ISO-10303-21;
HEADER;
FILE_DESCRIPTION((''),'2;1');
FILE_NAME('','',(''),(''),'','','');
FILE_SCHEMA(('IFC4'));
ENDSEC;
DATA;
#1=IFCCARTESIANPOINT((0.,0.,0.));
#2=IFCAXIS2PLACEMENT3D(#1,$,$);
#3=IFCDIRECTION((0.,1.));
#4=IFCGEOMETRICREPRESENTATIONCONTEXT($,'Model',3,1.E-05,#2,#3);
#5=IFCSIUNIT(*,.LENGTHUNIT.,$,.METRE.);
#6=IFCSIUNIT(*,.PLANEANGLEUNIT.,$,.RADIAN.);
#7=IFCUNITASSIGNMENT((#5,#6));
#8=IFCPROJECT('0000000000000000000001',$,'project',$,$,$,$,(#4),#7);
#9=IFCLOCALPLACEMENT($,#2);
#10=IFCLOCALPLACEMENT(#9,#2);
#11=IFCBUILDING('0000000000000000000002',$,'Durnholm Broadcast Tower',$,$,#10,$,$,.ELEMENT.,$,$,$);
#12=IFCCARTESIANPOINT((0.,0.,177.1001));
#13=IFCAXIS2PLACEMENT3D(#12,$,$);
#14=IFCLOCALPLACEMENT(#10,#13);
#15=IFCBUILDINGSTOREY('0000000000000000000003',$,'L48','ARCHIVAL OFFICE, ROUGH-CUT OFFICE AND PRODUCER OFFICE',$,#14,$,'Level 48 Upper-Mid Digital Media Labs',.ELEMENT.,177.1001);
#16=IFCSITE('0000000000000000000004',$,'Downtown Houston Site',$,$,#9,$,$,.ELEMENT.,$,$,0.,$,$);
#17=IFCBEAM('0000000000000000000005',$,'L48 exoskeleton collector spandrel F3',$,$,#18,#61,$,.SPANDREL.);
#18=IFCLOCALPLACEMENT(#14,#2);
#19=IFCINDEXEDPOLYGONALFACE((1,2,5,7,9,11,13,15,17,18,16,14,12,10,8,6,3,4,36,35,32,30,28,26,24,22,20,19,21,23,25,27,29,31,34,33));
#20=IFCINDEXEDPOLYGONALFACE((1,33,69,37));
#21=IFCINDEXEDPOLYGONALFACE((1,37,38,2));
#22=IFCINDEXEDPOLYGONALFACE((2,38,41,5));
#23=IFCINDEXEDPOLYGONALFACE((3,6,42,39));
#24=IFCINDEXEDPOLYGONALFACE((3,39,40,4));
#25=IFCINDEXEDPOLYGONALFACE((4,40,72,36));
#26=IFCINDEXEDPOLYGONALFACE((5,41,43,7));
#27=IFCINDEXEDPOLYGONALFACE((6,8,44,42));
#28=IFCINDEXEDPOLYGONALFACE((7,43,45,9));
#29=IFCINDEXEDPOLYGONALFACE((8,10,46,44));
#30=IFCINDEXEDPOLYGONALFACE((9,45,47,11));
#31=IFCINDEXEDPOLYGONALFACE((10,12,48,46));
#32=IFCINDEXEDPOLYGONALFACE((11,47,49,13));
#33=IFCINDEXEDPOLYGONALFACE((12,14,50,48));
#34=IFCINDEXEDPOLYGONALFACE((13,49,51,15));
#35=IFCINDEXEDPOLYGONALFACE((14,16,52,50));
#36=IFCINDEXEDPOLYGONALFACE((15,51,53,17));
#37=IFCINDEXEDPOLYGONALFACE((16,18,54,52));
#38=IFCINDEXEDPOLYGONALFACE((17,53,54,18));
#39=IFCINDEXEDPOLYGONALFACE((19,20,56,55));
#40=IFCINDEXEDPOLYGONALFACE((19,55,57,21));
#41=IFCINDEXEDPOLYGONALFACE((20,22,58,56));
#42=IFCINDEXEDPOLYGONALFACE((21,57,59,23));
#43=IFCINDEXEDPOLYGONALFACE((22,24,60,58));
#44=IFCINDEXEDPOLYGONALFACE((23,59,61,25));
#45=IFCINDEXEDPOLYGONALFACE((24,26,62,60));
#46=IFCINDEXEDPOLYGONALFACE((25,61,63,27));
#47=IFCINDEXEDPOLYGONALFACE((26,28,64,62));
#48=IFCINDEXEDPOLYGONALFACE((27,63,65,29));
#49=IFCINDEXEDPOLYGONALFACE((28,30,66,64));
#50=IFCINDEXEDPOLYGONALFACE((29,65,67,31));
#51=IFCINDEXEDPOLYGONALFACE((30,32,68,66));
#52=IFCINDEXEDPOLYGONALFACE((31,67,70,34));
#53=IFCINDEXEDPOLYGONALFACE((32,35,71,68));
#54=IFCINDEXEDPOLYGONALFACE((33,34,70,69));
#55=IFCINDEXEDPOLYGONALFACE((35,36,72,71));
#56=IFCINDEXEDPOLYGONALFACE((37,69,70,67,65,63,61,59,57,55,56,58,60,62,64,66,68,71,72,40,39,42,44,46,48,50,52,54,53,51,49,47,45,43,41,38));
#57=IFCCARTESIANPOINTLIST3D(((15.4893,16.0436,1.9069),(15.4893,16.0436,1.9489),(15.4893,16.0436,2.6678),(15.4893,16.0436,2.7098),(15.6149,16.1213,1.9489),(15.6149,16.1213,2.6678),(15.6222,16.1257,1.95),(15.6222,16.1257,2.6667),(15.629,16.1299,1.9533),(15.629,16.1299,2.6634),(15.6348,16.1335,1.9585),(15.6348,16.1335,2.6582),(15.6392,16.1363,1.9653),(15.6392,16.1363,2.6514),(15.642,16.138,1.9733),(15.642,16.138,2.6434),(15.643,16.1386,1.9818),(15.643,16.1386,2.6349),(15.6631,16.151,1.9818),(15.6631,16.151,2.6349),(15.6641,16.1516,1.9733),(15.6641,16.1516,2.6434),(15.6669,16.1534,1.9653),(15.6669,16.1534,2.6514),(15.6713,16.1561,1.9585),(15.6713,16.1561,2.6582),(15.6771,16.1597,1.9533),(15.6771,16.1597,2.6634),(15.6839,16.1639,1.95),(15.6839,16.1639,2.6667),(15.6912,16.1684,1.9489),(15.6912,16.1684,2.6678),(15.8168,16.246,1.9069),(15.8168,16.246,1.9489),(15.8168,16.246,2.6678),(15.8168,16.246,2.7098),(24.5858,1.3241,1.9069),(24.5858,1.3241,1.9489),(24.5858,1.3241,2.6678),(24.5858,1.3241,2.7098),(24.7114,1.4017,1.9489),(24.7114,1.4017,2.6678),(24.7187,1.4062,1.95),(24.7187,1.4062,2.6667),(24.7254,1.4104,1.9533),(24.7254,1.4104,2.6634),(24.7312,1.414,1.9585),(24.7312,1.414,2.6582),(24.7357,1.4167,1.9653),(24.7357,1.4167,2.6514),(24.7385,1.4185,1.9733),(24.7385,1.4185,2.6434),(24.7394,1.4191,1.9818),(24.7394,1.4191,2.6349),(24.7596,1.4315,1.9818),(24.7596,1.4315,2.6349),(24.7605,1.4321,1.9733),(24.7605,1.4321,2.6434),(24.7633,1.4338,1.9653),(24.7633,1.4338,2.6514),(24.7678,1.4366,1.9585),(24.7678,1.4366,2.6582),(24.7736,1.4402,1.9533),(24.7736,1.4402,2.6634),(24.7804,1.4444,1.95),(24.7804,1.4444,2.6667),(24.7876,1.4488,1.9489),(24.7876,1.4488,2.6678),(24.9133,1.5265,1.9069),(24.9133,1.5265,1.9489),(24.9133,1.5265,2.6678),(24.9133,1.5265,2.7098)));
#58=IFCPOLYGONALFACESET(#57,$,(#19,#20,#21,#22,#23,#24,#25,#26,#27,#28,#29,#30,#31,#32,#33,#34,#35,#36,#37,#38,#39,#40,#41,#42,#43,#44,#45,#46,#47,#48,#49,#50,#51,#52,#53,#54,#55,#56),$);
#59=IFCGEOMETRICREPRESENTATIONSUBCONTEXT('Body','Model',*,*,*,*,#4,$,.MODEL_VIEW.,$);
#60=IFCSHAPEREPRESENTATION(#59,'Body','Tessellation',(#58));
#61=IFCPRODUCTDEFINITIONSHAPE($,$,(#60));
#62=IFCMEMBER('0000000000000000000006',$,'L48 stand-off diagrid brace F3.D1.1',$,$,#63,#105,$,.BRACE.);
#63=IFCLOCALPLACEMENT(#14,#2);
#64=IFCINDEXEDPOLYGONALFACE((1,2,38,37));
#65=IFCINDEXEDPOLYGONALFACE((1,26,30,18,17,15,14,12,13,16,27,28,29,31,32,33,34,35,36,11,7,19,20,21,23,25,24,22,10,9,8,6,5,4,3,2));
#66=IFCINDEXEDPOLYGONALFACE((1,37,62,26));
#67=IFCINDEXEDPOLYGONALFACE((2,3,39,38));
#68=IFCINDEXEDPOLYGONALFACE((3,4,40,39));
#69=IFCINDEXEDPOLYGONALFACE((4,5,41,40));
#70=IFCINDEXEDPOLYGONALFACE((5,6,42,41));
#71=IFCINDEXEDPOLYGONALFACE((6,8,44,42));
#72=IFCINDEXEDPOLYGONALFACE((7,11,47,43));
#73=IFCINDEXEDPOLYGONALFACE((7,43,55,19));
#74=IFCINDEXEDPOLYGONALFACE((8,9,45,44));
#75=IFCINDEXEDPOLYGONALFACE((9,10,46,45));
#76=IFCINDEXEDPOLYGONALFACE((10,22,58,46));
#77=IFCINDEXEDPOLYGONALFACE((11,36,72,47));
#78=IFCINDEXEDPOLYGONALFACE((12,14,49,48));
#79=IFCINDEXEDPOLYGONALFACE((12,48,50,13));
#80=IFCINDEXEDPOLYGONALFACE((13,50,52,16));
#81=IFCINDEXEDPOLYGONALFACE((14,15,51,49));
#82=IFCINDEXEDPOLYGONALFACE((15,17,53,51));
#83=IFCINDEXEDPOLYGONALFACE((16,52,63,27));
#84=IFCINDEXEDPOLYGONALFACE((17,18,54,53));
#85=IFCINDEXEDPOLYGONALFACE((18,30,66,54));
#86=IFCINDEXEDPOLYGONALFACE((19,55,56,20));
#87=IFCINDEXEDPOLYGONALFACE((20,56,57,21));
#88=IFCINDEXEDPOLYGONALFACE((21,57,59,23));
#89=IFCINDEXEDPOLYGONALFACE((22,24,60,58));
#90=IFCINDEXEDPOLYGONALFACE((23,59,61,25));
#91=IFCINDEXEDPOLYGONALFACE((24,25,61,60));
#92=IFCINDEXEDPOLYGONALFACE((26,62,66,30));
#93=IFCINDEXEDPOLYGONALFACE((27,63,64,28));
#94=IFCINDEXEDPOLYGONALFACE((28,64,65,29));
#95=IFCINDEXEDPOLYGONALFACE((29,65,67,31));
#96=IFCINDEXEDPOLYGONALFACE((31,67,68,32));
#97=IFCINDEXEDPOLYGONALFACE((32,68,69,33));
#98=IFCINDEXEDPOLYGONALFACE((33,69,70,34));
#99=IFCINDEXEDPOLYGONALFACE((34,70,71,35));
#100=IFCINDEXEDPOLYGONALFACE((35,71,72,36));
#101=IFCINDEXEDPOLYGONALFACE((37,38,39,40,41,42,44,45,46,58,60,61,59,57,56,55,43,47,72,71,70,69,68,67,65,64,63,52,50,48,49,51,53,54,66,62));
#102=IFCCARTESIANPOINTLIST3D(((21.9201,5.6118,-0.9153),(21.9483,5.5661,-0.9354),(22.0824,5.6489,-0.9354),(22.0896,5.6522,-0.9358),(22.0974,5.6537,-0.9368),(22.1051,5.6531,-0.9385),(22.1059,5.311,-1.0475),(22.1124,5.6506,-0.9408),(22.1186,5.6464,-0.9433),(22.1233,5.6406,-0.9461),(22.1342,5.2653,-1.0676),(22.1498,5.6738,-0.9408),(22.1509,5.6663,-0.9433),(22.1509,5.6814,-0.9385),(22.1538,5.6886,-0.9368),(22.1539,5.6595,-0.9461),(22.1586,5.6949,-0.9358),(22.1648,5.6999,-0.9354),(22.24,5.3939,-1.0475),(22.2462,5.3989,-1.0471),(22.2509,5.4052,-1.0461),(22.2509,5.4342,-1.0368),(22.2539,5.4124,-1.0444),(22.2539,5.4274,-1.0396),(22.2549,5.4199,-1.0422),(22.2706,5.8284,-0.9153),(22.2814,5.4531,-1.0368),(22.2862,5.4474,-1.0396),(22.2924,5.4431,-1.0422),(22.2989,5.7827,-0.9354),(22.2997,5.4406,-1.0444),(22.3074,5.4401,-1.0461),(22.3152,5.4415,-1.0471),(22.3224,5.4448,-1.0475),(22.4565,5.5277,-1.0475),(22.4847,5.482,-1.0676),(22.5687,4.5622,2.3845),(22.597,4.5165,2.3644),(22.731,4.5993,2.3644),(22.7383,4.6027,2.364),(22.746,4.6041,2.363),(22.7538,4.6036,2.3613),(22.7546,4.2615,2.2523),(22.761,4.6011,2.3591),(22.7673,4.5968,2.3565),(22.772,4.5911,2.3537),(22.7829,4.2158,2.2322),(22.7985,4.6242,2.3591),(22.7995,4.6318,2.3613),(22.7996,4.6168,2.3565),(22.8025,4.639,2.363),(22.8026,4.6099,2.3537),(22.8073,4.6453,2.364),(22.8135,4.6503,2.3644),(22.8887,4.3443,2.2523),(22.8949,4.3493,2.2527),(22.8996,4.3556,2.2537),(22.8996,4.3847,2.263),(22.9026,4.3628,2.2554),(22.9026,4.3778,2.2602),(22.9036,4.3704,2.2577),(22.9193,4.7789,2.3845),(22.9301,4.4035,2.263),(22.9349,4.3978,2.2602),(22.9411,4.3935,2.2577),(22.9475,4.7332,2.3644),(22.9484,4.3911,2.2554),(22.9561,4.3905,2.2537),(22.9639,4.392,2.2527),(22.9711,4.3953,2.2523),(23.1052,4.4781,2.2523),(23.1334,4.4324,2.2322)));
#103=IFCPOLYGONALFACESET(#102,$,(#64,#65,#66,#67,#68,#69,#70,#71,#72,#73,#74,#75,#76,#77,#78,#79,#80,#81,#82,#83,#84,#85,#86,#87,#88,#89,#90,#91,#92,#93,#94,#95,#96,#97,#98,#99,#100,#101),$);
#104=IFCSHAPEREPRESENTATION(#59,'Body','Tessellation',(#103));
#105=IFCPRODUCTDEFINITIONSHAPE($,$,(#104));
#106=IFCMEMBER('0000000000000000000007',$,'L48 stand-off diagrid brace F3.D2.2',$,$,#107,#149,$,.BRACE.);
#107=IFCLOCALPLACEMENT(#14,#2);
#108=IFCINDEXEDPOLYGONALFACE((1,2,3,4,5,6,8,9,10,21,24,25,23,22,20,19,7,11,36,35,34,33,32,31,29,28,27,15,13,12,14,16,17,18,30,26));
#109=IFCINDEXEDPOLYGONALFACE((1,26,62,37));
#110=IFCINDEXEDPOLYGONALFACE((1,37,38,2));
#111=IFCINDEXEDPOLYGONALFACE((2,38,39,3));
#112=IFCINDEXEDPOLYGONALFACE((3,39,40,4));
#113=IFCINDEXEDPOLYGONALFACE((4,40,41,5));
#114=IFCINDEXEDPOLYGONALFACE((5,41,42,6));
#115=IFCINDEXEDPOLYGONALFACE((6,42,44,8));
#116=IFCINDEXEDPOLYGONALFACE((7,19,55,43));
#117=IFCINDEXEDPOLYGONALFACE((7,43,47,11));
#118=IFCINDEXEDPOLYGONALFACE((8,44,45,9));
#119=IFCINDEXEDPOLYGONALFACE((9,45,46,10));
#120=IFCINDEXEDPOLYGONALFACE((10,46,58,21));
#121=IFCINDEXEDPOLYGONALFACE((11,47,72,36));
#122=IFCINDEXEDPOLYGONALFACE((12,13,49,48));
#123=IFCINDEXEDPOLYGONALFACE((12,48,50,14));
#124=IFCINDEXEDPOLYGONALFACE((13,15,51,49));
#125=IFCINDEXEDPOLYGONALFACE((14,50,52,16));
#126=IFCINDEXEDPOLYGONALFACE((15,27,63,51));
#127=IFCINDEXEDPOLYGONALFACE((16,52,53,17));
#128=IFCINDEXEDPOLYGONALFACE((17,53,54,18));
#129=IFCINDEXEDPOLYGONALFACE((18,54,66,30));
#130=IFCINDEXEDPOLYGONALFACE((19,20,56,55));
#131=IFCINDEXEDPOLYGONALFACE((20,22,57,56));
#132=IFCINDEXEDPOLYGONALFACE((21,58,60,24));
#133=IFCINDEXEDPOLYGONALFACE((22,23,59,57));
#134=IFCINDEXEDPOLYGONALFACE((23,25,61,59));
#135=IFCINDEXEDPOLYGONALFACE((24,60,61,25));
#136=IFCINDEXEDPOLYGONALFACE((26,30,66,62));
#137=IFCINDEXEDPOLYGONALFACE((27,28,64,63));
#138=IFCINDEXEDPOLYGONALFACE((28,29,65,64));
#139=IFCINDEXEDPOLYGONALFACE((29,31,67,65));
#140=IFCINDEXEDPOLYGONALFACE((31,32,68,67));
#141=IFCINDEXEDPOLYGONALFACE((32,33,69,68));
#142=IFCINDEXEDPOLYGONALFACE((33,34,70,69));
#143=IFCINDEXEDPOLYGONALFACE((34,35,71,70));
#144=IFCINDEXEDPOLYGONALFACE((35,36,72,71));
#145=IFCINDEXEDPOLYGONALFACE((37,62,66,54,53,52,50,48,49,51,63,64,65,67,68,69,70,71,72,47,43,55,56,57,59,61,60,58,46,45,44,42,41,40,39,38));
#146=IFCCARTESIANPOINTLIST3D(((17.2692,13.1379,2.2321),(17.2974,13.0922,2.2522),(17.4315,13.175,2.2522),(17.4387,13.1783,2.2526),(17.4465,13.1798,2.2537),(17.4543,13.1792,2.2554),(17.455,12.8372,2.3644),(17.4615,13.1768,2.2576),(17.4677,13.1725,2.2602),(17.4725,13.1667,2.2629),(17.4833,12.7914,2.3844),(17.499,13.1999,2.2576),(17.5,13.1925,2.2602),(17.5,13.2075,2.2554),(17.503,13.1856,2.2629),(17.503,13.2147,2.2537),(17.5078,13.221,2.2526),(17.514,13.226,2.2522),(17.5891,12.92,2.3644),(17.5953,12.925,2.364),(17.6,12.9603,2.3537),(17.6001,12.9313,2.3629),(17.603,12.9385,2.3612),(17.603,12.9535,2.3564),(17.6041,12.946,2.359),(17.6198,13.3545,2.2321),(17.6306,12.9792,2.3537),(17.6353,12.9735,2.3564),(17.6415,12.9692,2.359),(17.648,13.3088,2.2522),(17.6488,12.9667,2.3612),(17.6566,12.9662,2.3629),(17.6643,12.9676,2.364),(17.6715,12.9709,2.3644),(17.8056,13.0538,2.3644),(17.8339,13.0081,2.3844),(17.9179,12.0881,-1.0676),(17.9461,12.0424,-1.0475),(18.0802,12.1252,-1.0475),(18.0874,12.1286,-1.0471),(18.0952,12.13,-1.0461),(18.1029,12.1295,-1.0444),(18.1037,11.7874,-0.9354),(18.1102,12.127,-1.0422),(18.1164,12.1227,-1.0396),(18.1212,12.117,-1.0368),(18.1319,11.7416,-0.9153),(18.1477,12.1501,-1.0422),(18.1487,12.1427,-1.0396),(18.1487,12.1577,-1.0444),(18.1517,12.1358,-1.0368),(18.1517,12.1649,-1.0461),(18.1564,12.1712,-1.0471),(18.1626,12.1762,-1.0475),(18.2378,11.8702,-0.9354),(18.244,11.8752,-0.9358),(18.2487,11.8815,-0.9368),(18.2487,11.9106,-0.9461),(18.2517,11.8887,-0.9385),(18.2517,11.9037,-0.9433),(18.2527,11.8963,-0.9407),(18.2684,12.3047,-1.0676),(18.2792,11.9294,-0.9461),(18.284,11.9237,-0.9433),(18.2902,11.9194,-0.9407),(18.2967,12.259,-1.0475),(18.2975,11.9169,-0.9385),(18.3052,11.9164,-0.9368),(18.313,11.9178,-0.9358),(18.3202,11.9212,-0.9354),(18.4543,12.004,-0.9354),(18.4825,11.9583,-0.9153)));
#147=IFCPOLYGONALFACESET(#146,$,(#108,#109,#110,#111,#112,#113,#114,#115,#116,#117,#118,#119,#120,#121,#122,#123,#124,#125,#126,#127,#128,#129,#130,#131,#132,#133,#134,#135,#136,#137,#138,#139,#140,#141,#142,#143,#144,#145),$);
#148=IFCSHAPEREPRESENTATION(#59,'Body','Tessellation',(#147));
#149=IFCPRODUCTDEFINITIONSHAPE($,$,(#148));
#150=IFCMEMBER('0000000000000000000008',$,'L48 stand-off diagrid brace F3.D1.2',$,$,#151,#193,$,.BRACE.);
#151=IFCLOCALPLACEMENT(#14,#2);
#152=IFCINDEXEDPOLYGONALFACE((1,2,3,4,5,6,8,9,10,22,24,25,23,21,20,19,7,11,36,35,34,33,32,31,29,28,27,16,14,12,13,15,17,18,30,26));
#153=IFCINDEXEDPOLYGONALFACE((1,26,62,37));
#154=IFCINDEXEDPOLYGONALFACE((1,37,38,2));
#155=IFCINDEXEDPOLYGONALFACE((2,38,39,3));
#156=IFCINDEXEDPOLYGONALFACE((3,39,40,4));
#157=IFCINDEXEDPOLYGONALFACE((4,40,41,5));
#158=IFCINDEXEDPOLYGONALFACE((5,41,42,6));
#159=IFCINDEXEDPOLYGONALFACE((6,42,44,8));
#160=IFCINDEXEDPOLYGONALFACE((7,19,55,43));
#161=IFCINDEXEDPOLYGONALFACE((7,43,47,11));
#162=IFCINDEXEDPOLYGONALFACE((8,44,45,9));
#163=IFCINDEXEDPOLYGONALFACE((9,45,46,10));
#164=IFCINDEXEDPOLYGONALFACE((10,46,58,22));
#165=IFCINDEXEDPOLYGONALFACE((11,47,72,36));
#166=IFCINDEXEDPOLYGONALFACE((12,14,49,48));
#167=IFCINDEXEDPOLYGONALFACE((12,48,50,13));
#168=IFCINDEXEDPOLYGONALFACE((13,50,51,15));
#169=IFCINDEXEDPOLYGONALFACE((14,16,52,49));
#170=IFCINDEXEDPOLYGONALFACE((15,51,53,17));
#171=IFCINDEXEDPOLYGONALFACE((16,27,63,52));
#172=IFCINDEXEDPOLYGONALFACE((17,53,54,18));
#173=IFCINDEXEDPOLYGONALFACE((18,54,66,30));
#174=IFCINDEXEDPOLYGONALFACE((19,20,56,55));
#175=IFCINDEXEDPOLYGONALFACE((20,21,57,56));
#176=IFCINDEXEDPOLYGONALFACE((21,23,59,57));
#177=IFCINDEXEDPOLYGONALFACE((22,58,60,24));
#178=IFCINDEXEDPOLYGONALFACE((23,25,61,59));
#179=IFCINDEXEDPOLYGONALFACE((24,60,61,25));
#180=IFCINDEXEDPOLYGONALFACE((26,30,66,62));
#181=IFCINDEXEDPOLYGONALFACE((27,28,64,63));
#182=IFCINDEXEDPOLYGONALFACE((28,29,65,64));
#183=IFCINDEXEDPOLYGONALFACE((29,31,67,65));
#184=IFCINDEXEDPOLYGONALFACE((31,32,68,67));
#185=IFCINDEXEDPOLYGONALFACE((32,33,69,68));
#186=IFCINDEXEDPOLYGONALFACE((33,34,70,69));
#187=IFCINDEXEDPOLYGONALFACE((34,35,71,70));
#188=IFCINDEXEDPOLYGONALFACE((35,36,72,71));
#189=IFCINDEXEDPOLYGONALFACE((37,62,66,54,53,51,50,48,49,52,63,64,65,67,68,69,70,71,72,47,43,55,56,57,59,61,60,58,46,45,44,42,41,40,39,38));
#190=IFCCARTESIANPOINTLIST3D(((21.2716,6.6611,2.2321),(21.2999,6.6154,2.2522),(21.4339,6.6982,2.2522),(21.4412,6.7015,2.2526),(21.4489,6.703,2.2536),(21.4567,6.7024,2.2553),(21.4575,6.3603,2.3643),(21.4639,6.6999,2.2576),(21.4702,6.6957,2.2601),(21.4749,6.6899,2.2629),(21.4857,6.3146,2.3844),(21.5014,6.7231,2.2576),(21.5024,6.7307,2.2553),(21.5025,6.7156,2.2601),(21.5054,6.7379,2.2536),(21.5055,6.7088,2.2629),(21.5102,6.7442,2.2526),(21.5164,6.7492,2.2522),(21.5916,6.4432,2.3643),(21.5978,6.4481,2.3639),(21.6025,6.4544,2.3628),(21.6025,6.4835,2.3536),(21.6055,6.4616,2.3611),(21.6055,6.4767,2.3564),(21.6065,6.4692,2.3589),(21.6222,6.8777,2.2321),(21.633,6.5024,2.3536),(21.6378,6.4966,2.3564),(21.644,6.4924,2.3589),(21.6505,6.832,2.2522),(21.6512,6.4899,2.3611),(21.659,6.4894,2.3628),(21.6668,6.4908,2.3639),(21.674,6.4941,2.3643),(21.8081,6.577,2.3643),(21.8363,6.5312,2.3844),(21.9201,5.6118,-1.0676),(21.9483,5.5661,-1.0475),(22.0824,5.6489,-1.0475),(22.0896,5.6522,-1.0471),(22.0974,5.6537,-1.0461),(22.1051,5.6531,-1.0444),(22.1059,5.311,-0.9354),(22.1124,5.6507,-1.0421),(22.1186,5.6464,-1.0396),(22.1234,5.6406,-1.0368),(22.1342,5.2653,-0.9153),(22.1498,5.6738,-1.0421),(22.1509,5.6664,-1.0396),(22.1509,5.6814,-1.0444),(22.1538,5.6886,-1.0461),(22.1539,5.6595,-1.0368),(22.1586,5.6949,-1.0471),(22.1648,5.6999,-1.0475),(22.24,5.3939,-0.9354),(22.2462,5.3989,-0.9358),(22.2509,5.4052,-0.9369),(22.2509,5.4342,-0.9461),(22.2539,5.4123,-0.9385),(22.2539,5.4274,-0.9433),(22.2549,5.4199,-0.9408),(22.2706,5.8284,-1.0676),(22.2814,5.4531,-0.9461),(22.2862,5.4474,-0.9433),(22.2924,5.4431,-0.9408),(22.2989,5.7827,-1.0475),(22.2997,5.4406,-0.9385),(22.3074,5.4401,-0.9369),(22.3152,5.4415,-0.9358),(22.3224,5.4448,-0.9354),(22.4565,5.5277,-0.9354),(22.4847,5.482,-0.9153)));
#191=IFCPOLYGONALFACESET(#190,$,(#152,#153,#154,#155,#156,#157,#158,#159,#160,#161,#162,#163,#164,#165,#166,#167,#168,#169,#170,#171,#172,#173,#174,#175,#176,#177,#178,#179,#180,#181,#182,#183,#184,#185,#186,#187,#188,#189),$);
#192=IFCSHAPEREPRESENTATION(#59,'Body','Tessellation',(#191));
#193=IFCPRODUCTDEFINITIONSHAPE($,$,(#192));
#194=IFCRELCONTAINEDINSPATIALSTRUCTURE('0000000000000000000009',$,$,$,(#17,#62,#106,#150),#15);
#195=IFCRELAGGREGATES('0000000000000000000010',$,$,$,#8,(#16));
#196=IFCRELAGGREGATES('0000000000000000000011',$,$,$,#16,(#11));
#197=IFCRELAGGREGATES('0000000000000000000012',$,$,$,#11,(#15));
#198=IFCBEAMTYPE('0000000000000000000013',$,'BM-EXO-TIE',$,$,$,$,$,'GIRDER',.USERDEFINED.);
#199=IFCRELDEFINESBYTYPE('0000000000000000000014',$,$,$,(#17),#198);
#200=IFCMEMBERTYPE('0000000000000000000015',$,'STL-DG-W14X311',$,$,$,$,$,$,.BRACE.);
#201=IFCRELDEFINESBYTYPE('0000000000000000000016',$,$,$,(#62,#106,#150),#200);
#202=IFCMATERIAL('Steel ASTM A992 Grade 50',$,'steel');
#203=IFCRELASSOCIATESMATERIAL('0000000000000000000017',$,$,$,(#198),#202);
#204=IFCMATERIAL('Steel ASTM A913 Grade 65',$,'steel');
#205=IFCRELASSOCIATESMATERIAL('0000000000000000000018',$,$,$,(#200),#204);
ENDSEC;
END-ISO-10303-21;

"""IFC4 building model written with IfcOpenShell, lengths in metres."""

from ifc_helpers import new_model, si_unit, direction, frame, origin, origin_2d, place, context, subcontext, project, spatial, i_section, extrude, source, transform, mapped, material, material_profile, profile_set, type_object, type_shapes, element, save


model = new_model("IFC4")

# Units and contexts
model_context = context("Model", 3, precision=1e-05, world=origin(), true_north=direction((0.0, 1.0)))
body_context = subcontext(model_context, "Body", "Model", "MODEL_VIEW")
ifc_project = project(units=[si_unit("LENGTHUNIT", "METRE"), si_unit("PLANEANGLEUNIT", "RADIAN")], contexts=[model_context])

# Site, building, storey
site_placement = place(None, origin())
site = spatial("IfcSite", under=ifc_project, at=site_placement, Name="Downtown Houston Site", CompositionType="ELEMENT", RefElevation=0.0)
building_placement = place(site_placement, origin())
building = spatial("IfcBuilding", under=site, at=building_placement, Name="Durnholm Broadcast Tower", CompositionType="ELEMENT")
storey_placement = place(building_placement, frame((0.0, 0.0, 177.1001)))
storey = spatial("IfcBuildingStorey", under=building, at=storey_placement, Name="L48", Description="ARCHIVAL OFFICE, ROUGH-CUT OFFICE AND PRODUCER OFFICE", LongName="Level 48 Upper-Mid Digital Media Labs", CompositionType="ELEMENT", Elevation=177.1001)

# Beam
ifc_material_1 = material(Name="Steel ASTM A992 Grade 50", Category="steel")
ifc_material_profile_1 = material_profile(ifc_material_1, i_section(OverallWidth=0.385, OverallDepth=0.803, WebThickness=0.0237, FlangeThickness=0.042, FilletRadius=0.033, at=origin_2d()), Name="W30X261")
ifc_profile_set_1 = profile_set([ifc_material_profile_1], Name="Steel ASTM A992 Grade 50")
beam_type_1 = type_object("IfcBeamType", Name="BM-EXO-TIE", ElementType="GIRDER", PredefinedType="USERDEFINED", material=ifc_profile_set_1)
shared_shape_1 = source(origin(), body_context, "Body", "SweptSolid", [
    extrude(i_section(OverallWidth=0.385, OverallDepth=0.803, WebThickness=0.0237, FlangeThickness=0.042, FilletRadius=0.033, at=origin_2d()), origin(), (0.0, 0.0, 1.0), 17.3035),
])
beam_1_placement = place(storey_placement, frame((24.7495, 1.4253, 2.3083), z_axis=(-0.525702, 0.850669, 0.0), x_axis=(-0.850669, -0.525702, 0.0)))
element("IfcBeam", 1, at=beam_1_placement, inside=storey, type_object=beam_type_1, Name="L48 exoskeleton collector spandrel F3", PredefinedType="SPANDREL", context=body_context, shape_type="MappedRepresentation", body=[
    mapped(shared_shape_1, transform((0.0, 0.0, 0.0), x_axis=(1.0, 0.0, 0.0), y_axis=(0.0, 1.0, 0.0), z_axis=(0.0, 0.0, 1.0), scale=1.0)),
])

# Members
ifc_material_2 = material(Name="Steel ASTM A913 Grade 65", Category="steel")
ifc_material_profile_2 = material_profile(ifc_material_2, i_section(OverallWidth=0.4121, OverallDepth=0.4348, WebThickness=0.0359, FlangeThickness=0.0574, FilletRadius=0.0305, at=origin_2d()), Name="W14X311")
ifc_profile_set_2 = profile_set([ifc_material_profile_2], Name="Steel ASTM A913 Grade 65")
member_type_1 = type_object("IfcMemberType", Name="STL-DG-W14X311", PredefinedType="BRACE", material=ifc_profile_set_2)
shared_shape_2 = source(origin(), body_context, "Body", "SweptSolid", [
    extrude(i_section(OverallWidth=0.4121, OverallDepth=0.4348, WebThickness=0.0359, FlangeThickness=0.0574, FilletRadius=0.0305, at=origin_2d()), origin(), (0.0, 0.0, 1.0), 3.5229),
])
for number, where, z_axis, x_axis, name in (
    (2, (22.2024, 5.5469, -0.9915), (0.184131, -0.297922, 0.936663), (0.850644, 0.525741, 0.0), "L48 stand-off diagrid brace F3.D1.1"),
    (3, (18.2002, 12.0232, -0.9915), (-0.184127, 0.297985, 0.936644), (-0.850699, -0.525653, 0.0), "L48 stand-off diagrid brace F3.D2.2"),
):
    element("IfcMember", number, at=place(storey_placement, frame(where, z_axis=z_axis, x_axis=x_axis)), inside=storey, type_object=member_type_1, Name=name, PredefinedType="BRACE", context=body_context, shape_type="MappedRepresentation", body=[
        mapped(shared_shape_2, transform((0.0, 0.0, 0.0), x_axis=(1.0, 0.0, 0.0), y_axis=(0.0, 1.0, 0.0), z_axis=(0.0, 0.0, 1.0), scale=1.0)),
    ])
shared_shape_3 = source(origin(), body_context, "Body", "SweptSolid", [
    extrude(i_section(OverallWidth=0.4121, OverallDepth=0.4348, WebThickness=0.0359, FlangeThickness=0.0574, FilletRadius=0.0305, at=origin_2d()), origin(), (0.0, 0.0, 1.0), 3.5227),
])
type_shapes(member_type_1, [shared_shape_2, shared_shape_3])
for number, where, z_axis, x_axis, name in (
    (4, (22.2024, 5.5469, -0.9915), (-0.184068, 0.297863, 0.936695), (-0.850678, -0.525687, 0.0), "L48 stand-off diagrid brace F3.D1.2"),
):
    element("IfcMember", number, at=place(storey_placement, frame(where, z_axis=z_axis, x_axis=x_axis)), inside=storey, type_object=member_type_1, Name=name, PredefinedType="BRACE", context=body_context, shape_type="MappedRepresentation", body=[
        mapped(shared_shape_3, transform((0.0, 0.0, 0.0), x_axis=(1.0, 0.0, 0.0), y_axis=(0.0, 1.0, 0.0), z_axis=(0.0, 0.0, 1.0), scale=1.0)),
    ])

save(model, "model.ifc")
